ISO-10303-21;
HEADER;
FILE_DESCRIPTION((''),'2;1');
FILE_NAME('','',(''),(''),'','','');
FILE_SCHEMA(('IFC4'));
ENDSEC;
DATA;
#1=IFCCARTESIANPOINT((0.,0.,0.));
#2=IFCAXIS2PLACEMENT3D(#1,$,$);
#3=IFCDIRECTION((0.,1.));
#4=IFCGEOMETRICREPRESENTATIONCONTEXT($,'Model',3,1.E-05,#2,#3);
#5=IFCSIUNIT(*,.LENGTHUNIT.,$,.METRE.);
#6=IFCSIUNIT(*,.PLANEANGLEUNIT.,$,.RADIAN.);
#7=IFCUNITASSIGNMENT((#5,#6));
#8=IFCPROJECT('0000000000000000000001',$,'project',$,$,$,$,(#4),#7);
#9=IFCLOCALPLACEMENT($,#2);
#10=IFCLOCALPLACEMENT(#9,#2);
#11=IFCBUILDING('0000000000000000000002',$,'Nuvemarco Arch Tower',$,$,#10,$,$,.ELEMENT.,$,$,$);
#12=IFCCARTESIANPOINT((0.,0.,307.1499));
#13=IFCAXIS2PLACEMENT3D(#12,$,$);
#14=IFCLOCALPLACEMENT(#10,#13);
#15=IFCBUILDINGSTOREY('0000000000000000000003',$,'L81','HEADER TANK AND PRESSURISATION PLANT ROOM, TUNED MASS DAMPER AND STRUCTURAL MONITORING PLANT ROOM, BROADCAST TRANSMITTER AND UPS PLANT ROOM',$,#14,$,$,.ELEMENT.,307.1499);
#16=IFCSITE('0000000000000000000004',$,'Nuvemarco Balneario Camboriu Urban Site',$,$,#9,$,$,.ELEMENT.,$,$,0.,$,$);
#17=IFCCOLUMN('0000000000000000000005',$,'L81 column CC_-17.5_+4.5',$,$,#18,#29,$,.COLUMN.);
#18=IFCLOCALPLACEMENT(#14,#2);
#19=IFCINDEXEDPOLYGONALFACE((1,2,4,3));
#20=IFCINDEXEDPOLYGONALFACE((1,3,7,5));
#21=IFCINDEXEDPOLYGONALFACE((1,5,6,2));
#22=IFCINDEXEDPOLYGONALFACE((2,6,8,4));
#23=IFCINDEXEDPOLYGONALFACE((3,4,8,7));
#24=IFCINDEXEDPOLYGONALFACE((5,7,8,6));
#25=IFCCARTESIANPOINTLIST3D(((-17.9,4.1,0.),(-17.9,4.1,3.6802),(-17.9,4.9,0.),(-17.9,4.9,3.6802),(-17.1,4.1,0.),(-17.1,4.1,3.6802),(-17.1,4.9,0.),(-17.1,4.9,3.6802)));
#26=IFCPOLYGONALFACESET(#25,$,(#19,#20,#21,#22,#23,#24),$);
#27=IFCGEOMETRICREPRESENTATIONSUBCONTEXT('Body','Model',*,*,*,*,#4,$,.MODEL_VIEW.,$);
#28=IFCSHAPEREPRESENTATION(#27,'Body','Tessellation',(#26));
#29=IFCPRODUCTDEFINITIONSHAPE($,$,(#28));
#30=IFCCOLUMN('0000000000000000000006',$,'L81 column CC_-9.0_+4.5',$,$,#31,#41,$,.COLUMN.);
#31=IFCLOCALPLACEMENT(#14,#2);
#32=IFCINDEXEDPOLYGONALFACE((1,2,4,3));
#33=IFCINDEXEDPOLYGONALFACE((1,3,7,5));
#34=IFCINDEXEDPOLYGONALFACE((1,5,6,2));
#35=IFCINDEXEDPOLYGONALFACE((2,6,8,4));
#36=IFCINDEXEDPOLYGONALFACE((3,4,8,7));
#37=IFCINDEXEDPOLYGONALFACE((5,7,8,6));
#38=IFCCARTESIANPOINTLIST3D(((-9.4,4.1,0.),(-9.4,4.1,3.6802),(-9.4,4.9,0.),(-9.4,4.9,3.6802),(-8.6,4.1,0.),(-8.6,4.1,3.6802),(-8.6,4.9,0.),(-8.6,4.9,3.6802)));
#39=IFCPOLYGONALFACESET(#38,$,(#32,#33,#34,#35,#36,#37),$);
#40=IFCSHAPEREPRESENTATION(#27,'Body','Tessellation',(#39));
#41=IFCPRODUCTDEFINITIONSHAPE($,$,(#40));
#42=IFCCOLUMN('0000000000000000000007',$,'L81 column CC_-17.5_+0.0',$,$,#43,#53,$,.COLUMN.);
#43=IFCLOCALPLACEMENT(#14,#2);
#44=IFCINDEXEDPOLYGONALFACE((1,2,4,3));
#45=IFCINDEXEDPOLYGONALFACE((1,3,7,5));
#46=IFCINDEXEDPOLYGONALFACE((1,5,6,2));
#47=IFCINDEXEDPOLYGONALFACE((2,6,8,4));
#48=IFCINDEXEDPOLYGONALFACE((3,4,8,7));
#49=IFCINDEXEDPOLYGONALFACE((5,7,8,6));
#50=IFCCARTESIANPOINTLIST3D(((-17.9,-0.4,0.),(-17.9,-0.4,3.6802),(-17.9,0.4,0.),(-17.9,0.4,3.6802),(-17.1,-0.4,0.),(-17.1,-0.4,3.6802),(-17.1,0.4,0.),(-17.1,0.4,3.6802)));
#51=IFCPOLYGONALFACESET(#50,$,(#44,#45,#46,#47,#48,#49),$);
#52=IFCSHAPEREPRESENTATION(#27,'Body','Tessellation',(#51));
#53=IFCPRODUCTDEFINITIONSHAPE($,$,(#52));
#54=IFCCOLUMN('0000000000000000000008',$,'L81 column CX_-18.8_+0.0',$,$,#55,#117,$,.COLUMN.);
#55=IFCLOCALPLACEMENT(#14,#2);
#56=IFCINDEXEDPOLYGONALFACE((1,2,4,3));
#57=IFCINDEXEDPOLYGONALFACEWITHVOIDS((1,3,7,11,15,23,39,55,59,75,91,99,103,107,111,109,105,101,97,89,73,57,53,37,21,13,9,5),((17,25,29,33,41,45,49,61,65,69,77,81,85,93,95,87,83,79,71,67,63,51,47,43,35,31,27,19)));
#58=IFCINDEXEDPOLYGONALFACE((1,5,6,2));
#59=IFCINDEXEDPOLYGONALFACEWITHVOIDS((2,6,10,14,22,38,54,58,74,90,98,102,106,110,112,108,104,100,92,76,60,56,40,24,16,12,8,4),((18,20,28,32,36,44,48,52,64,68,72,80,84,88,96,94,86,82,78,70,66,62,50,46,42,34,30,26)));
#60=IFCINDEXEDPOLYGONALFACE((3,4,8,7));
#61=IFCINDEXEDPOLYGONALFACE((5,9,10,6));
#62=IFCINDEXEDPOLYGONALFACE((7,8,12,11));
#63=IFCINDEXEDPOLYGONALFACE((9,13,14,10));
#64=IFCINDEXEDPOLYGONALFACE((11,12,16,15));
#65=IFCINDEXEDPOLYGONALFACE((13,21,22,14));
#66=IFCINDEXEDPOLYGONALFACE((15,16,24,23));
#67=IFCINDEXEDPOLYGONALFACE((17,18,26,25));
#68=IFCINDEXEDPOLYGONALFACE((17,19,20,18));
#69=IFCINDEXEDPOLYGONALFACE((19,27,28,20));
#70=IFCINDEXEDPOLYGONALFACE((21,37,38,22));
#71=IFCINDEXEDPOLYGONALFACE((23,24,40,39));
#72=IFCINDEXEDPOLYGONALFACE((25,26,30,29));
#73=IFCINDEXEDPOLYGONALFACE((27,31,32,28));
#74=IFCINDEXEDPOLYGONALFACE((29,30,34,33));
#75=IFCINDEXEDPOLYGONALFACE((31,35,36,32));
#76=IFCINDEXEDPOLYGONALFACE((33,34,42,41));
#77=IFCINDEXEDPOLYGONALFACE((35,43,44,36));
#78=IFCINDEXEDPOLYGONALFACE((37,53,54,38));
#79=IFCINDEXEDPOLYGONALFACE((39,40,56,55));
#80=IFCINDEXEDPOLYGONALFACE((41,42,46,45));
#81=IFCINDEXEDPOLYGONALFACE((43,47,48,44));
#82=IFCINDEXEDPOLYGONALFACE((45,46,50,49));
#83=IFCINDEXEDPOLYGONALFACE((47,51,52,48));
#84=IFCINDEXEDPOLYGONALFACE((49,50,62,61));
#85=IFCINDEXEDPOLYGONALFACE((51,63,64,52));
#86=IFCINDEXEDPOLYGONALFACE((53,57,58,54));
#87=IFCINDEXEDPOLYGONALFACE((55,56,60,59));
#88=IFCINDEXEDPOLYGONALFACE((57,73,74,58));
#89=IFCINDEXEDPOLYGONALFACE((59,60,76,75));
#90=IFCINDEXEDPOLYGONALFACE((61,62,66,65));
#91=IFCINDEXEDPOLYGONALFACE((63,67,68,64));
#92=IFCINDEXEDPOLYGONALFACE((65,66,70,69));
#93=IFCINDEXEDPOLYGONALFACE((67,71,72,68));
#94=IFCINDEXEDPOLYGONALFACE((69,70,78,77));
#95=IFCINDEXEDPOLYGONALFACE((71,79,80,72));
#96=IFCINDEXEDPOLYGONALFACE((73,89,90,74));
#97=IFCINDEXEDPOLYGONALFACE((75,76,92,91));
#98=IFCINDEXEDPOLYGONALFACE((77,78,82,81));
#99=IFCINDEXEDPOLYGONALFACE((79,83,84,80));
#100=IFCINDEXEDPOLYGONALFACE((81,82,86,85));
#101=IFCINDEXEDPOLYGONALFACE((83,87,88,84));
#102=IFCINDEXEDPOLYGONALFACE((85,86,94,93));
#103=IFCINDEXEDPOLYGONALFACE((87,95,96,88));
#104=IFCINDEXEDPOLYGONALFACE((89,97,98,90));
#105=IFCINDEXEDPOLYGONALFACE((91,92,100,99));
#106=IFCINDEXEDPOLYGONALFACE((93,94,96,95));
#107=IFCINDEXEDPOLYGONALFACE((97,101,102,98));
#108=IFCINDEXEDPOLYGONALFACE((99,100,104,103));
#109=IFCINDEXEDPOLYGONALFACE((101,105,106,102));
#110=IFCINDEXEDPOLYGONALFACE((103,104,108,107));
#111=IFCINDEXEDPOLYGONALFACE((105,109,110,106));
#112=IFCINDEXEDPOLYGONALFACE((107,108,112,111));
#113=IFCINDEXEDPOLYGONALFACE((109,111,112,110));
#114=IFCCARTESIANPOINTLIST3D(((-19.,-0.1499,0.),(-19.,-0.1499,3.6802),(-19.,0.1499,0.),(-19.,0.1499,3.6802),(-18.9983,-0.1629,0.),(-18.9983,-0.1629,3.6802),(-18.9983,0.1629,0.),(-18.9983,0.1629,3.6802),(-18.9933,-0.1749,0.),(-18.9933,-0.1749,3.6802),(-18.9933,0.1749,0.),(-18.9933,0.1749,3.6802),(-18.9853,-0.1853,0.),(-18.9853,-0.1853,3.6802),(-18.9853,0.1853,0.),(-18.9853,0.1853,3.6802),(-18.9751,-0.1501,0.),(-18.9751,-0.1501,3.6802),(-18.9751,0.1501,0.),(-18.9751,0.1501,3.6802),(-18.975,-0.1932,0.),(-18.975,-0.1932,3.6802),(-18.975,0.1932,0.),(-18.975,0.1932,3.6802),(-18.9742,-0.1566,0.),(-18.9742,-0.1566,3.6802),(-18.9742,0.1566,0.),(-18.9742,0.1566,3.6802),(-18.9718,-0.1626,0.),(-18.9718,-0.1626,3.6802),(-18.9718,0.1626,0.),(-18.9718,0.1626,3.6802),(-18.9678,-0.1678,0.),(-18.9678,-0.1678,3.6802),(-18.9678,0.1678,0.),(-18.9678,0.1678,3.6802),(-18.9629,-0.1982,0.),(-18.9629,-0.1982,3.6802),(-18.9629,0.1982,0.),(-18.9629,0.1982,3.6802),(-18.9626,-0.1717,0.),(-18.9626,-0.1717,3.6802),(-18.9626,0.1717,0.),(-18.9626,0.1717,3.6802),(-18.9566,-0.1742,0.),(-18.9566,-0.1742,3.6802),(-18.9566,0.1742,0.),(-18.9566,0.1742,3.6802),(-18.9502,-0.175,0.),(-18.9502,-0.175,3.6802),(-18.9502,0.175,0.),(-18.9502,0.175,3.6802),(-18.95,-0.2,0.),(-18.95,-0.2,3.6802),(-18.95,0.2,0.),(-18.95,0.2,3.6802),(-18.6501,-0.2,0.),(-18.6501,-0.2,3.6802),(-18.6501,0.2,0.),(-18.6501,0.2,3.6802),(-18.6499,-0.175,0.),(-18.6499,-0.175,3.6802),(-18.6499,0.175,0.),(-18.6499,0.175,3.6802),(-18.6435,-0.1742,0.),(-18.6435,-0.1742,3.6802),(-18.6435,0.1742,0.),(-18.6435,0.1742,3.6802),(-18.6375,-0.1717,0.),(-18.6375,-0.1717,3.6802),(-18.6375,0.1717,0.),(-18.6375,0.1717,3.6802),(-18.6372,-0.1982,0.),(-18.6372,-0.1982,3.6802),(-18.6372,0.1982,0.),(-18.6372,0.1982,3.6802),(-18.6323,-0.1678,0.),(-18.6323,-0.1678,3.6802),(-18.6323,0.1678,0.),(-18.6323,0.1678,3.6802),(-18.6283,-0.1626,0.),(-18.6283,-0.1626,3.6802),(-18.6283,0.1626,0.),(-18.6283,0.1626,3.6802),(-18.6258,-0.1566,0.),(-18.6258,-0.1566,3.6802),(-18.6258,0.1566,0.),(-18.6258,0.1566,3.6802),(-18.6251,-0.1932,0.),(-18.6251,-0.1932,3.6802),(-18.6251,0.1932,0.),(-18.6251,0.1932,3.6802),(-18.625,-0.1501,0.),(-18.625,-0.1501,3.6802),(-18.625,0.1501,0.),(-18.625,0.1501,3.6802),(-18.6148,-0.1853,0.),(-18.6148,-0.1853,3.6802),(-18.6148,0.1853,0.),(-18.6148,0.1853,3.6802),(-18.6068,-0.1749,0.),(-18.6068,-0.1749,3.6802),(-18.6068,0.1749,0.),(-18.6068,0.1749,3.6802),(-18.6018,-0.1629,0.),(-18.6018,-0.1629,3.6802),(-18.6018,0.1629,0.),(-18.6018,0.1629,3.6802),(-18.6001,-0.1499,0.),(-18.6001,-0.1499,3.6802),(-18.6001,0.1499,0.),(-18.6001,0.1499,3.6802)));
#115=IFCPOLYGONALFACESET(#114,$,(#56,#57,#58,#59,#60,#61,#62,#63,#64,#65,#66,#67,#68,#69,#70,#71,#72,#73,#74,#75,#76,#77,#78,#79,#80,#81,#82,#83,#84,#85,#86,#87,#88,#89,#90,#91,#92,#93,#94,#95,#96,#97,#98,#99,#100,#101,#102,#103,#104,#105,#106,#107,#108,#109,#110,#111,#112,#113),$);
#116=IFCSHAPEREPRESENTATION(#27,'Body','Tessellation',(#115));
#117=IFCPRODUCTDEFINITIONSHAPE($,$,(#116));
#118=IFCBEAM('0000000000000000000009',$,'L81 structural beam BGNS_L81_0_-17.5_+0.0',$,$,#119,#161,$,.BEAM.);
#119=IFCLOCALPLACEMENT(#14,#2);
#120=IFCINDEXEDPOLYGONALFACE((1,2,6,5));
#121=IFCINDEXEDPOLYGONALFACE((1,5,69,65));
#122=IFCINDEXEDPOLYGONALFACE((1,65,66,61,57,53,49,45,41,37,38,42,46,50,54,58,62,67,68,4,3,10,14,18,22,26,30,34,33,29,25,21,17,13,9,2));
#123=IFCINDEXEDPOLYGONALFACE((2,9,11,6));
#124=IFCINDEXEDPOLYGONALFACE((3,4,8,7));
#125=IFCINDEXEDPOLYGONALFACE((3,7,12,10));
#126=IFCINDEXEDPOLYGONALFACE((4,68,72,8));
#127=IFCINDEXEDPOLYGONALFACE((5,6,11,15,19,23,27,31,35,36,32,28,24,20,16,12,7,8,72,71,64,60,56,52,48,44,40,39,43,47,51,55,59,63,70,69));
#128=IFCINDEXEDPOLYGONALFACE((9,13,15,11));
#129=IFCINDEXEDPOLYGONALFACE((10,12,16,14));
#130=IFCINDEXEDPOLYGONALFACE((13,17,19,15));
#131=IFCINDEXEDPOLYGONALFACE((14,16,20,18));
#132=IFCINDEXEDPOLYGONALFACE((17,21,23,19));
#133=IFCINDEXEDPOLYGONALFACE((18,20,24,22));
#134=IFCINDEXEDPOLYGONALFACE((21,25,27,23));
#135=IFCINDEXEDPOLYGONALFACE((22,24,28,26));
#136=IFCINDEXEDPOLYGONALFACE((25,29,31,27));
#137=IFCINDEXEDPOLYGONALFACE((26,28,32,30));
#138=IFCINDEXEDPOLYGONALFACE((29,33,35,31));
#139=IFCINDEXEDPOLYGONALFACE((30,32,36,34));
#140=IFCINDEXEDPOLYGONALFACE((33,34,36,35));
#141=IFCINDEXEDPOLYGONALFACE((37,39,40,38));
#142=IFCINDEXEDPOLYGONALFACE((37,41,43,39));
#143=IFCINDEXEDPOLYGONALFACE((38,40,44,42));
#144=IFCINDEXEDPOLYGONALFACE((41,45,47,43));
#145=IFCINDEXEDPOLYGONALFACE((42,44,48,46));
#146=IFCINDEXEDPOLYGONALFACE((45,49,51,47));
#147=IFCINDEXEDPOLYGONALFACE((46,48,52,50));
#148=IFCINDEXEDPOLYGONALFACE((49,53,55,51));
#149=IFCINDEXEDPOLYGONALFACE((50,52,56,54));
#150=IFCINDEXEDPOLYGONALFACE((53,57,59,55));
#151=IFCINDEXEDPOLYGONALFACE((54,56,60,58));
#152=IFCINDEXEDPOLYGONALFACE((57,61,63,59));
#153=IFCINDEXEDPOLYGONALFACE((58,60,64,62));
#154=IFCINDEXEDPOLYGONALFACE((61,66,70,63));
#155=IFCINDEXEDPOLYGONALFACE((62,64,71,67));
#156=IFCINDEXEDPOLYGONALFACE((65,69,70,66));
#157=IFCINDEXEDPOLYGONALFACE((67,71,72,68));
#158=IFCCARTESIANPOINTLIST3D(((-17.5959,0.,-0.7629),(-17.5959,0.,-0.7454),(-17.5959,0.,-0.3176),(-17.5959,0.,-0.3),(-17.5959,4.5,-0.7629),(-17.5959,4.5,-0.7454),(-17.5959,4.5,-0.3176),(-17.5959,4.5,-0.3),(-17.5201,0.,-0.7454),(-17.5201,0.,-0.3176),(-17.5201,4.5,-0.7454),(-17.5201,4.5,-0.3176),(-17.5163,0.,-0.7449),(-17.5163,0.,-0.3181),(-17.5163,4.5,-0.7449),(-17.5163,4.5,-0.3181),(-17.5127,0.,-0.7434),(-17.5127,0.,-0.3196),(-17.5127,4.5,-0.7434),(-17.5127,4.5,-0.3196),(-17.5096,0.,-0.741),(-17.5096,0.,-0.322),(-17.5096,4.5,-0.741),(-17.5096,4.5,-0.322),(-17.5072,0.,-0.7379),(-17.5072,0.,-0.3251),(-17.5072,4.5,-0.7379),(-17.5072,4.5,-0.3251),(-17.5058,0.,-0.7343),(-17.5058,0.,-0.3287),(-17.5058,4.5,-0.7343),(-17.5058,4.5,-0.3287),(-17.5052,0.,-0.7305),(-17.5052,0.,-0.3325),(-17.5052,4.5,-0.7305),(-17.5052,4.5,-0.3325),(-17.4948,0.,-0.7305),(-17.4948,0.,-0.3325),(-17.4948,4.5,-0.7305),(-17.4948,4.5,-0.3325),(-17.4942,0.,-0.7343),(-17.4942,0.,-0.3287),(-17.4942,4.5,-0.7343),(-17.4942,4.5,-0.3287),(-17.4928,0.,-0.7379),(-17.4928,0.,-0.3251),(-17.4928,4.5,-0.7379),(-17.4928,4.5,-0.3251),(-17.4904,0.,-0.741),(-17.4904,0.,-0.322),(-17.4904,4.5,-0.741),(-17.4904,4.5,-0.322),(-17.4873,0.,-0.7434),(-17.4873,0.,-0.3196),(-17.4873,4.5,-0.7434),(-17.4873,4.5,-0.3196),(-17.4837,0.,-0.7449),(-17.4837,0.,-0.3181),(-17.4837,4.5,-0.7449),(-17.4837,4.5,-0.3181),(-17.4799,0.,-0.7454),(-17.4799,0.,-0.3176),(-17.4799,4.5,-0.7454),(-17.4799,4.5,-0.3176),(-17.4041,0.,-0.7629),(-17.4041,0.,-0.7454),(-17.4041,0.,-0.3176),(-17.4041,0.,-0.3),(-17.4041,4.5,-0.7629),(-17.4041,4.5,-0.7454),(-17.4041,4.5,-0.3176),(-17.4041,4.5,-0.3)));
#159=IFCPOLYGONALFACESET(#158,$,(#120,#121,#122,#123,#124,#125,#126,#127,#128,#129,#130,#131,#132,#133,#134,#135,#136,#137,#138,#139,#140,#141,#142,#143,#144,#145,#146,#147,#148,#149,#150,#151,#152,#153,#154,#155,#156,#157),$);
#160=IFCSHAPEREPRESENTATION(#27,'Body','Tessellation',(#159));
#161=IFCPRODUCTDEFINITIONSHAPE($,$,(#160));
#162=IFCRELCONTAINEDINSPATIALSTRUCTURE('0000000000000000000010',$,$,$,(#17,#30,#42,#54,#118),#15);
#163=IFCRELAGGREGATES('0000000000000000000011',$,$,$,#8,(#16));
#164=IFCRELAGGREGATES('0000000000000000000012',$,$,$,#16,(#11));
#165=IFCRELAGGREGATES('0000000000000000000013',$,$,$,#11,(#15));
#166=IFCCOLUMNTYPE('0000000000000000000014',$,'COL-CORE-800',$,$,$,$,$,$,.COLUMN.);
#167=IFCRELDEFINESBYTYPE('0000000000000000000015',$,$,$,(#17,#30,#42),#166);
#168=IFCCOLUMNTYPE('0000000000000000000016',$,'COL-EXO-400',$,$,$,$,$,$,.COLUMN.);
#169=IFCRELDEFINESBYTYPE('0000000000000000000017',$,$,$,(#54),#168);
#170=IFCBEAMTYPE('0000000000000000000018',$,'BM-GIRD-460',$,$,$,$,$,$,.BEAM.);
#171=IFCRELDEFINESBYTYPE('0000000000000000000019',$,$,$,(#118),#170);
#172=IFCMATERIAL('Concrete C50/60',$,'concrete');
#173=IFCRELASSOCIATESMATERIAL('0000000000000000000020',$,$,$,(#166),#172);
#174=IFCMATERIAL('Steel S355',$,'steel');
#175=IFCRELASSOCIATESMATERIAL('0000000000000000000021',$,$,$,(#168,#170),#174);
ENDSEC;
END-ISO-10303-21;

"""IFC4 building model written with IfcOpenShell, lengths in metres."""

from ifc_helpers import new_model, si_unit, direction, frame, origin, origin_2d, place, context, subcontext, project, spatial, rectangle, hollow_rectangle, i_section, extrude, material, material_profile, profile_set, type_object, element, save


model = new_model("IFC4")

# Units and contexts
model_context = context("Model", 3, precision=1e-05, world=origin(), true_north=direction((0.0, 1.0)))
body_context = subcontext(model_context, "Body", "Model", "MODEL_VIEW")
ifc_project = project(units=[si_unit("LENGTHUNIT", "METRE"), si_unit("PLANEANGLEUNIT", "RADIAN")], contexts=[model_context])

# Site, building, storey
site_placement = place(None, origin())
site = spatial("IfcSite", under=ifc_project, at=site_placement, Name="Nuvemarco Balneario Camboriu Urban Site", CompositionType="ELEMENT", RefElevation=0.0)
building_placement = place(site_placement, origin())
building = spatial("IfcBuilding", under=site, at=building_placement, Name="Nuvemarco Arch Tower", CompositionType="ELEMENT")
storey_placement = place(building_placement, frame((0.0, 0.0, 307.1499)))
storey = spatial("IfcBuildingStorey", under=building, at=storey_placement, Name="L81", Description="HEADER TANK AND PRESSURISATION PLANT ROOM, TUNED MASS DAMPER AND STRUCTURAL MONITORING PLANT ROOM, BROADCAST TRANSMITTER AND UPS PLANT ROOM", CompositionType="ELEMENT", Elevation=307.1499)

# Columns
ifc_material_1 = material(Name="Concrete C50/60", Category="concrete")
ifc_material_profile_1 = material_profile(ifc_material_1, rectangle(XDim=0.8, YDim=0.8, at=origin_2d()), Name="RC-COL-800x800")
ifc_profile_set_1 = profile_set([ifc_material_profile_1], Name="Concrete C50/60")
column_type_1 = type_object("IfcColumnType", Name="COL-CORE-800", PredefinedType="COLUMN", material=ifc_profile_set_1)
for number, where, z_axis, x_axis, name in (
    (1, (-17.5, 4.5, 0.0), (0.0, 0.0, 1.0), (1.0, 0.0, 0.0), "L81 column CC_-17.5_+4.5"),
    (2, (-9.0, 4.5, 0.0), (0.0, 0.0, 1.0), (1.0, 0.0, 0.0), "L81 column CC_-9.0_+4.5"),
    (3, (-17.5, 0.0, 0.0), (0.0, 0.0, 1.0), (1.0, 0.0, 0.0), "L81 column CC_-17.5_+0.0"),
):
    element("IfcColumn", number, at=place(storey_placement, frame(where, z_axis=z_axis, x_axis=x_axis)), inside=storey, type_object=column_type_1, Name=name, PredefinedType="COLUMN", context=body_context, shape_type="SweptSolid", body=[
        extrude(rectangle(XDim=0.8, YDim=0.8, at=origin_2d()), origin(), (0.0, 0.0, 1.0), 3.6802),
    ])
ifc_material_2 = material(Name="Steel S355", Category="steel")
ifc_material_profile_2 = material_profile(ifc_material_2, hollow_rectangle(XDim=0.3999, YDim=0.3999, WallThickness=0.0249, InnerFilletRadius=0.0249, OuterFilletRadius=0.05, at=origin_2d()), Name="SHS400x400x25")
ifc_profile_set_2 = profile_set([ifc_material_profile_2], Name="Steel S355")
column_type_2 = type_object("IfcColumnType", Name="COL-EXO-400", PredefinedType="COLUMN", material=ifc_profile_set_2)
column_placement = place(storey_placement, frame((-18.8, 0.0, 0.0), z_axis=(0.0, 0.0, 1.0), x_axis=(1.0, 0.0, 0.0)))
element("IfcColumn", 4, at=column_placement, inside=storey, type_object=column_type_2, Name="L81 column CX_-18.8_+0.0", PredefinedType="COLUMN", context=body_context, shape_type="SweptSolid", body=[
    extrude(hollow_rectangle(XDim=0.3999, YDim=0.3999, WallThickness=0.0249, InnerFilletRadius=0.0249, OuterFilletRadius=0.05, at=origin_2d()), origin(), (0.0, 0.0, 1.0), 3.6802),
])

# Beam
ifc_material_profile_3 = material_profile(ifc_material_2, i_section(OverallWidth=0.1919, OverallDepth=0.4629, WebThickness=0.0105, FlangeThickness=0.0176, FilletRadius=0.0149, at=origin_2d()), Name="W460x89")
ifc_profile_set_3 = profile_set([ifc_material_profile_3], Name="Steel S355")
beam_type_1 = type_object("IfcBeamType", Name="BM-GIRD-460", PredefinedType="BEAM", material=ifc_profile_set_3)
beam_1_placement = place(storey_placement, frame((-17.5, 0.0, -0.5315), z_axis=(0.0, 1.0, 0.0), x_axis=(-1.0, 0.0, 0.0)))
element("IfcBeam", 5, at=beam_1_placement, inside=storey, type_object=beam_type_1, Name="L81 structural beam BGNS_L81_0_-17.5_+0.0", PredefinedType="BEAM", context=body_context, shape_type="SweptSolid", body=[
    extrude(i_section(OverallWidth=0.1919, OverallDepth=0.4629, WebThickness=0.0105, FlangeThickness=0.0176, FilletRadius=0.0149, at=origin_2d()), origin(), (0.0, 0.0, 1.0), 4.5),
])

save(model, "model.ifc")
